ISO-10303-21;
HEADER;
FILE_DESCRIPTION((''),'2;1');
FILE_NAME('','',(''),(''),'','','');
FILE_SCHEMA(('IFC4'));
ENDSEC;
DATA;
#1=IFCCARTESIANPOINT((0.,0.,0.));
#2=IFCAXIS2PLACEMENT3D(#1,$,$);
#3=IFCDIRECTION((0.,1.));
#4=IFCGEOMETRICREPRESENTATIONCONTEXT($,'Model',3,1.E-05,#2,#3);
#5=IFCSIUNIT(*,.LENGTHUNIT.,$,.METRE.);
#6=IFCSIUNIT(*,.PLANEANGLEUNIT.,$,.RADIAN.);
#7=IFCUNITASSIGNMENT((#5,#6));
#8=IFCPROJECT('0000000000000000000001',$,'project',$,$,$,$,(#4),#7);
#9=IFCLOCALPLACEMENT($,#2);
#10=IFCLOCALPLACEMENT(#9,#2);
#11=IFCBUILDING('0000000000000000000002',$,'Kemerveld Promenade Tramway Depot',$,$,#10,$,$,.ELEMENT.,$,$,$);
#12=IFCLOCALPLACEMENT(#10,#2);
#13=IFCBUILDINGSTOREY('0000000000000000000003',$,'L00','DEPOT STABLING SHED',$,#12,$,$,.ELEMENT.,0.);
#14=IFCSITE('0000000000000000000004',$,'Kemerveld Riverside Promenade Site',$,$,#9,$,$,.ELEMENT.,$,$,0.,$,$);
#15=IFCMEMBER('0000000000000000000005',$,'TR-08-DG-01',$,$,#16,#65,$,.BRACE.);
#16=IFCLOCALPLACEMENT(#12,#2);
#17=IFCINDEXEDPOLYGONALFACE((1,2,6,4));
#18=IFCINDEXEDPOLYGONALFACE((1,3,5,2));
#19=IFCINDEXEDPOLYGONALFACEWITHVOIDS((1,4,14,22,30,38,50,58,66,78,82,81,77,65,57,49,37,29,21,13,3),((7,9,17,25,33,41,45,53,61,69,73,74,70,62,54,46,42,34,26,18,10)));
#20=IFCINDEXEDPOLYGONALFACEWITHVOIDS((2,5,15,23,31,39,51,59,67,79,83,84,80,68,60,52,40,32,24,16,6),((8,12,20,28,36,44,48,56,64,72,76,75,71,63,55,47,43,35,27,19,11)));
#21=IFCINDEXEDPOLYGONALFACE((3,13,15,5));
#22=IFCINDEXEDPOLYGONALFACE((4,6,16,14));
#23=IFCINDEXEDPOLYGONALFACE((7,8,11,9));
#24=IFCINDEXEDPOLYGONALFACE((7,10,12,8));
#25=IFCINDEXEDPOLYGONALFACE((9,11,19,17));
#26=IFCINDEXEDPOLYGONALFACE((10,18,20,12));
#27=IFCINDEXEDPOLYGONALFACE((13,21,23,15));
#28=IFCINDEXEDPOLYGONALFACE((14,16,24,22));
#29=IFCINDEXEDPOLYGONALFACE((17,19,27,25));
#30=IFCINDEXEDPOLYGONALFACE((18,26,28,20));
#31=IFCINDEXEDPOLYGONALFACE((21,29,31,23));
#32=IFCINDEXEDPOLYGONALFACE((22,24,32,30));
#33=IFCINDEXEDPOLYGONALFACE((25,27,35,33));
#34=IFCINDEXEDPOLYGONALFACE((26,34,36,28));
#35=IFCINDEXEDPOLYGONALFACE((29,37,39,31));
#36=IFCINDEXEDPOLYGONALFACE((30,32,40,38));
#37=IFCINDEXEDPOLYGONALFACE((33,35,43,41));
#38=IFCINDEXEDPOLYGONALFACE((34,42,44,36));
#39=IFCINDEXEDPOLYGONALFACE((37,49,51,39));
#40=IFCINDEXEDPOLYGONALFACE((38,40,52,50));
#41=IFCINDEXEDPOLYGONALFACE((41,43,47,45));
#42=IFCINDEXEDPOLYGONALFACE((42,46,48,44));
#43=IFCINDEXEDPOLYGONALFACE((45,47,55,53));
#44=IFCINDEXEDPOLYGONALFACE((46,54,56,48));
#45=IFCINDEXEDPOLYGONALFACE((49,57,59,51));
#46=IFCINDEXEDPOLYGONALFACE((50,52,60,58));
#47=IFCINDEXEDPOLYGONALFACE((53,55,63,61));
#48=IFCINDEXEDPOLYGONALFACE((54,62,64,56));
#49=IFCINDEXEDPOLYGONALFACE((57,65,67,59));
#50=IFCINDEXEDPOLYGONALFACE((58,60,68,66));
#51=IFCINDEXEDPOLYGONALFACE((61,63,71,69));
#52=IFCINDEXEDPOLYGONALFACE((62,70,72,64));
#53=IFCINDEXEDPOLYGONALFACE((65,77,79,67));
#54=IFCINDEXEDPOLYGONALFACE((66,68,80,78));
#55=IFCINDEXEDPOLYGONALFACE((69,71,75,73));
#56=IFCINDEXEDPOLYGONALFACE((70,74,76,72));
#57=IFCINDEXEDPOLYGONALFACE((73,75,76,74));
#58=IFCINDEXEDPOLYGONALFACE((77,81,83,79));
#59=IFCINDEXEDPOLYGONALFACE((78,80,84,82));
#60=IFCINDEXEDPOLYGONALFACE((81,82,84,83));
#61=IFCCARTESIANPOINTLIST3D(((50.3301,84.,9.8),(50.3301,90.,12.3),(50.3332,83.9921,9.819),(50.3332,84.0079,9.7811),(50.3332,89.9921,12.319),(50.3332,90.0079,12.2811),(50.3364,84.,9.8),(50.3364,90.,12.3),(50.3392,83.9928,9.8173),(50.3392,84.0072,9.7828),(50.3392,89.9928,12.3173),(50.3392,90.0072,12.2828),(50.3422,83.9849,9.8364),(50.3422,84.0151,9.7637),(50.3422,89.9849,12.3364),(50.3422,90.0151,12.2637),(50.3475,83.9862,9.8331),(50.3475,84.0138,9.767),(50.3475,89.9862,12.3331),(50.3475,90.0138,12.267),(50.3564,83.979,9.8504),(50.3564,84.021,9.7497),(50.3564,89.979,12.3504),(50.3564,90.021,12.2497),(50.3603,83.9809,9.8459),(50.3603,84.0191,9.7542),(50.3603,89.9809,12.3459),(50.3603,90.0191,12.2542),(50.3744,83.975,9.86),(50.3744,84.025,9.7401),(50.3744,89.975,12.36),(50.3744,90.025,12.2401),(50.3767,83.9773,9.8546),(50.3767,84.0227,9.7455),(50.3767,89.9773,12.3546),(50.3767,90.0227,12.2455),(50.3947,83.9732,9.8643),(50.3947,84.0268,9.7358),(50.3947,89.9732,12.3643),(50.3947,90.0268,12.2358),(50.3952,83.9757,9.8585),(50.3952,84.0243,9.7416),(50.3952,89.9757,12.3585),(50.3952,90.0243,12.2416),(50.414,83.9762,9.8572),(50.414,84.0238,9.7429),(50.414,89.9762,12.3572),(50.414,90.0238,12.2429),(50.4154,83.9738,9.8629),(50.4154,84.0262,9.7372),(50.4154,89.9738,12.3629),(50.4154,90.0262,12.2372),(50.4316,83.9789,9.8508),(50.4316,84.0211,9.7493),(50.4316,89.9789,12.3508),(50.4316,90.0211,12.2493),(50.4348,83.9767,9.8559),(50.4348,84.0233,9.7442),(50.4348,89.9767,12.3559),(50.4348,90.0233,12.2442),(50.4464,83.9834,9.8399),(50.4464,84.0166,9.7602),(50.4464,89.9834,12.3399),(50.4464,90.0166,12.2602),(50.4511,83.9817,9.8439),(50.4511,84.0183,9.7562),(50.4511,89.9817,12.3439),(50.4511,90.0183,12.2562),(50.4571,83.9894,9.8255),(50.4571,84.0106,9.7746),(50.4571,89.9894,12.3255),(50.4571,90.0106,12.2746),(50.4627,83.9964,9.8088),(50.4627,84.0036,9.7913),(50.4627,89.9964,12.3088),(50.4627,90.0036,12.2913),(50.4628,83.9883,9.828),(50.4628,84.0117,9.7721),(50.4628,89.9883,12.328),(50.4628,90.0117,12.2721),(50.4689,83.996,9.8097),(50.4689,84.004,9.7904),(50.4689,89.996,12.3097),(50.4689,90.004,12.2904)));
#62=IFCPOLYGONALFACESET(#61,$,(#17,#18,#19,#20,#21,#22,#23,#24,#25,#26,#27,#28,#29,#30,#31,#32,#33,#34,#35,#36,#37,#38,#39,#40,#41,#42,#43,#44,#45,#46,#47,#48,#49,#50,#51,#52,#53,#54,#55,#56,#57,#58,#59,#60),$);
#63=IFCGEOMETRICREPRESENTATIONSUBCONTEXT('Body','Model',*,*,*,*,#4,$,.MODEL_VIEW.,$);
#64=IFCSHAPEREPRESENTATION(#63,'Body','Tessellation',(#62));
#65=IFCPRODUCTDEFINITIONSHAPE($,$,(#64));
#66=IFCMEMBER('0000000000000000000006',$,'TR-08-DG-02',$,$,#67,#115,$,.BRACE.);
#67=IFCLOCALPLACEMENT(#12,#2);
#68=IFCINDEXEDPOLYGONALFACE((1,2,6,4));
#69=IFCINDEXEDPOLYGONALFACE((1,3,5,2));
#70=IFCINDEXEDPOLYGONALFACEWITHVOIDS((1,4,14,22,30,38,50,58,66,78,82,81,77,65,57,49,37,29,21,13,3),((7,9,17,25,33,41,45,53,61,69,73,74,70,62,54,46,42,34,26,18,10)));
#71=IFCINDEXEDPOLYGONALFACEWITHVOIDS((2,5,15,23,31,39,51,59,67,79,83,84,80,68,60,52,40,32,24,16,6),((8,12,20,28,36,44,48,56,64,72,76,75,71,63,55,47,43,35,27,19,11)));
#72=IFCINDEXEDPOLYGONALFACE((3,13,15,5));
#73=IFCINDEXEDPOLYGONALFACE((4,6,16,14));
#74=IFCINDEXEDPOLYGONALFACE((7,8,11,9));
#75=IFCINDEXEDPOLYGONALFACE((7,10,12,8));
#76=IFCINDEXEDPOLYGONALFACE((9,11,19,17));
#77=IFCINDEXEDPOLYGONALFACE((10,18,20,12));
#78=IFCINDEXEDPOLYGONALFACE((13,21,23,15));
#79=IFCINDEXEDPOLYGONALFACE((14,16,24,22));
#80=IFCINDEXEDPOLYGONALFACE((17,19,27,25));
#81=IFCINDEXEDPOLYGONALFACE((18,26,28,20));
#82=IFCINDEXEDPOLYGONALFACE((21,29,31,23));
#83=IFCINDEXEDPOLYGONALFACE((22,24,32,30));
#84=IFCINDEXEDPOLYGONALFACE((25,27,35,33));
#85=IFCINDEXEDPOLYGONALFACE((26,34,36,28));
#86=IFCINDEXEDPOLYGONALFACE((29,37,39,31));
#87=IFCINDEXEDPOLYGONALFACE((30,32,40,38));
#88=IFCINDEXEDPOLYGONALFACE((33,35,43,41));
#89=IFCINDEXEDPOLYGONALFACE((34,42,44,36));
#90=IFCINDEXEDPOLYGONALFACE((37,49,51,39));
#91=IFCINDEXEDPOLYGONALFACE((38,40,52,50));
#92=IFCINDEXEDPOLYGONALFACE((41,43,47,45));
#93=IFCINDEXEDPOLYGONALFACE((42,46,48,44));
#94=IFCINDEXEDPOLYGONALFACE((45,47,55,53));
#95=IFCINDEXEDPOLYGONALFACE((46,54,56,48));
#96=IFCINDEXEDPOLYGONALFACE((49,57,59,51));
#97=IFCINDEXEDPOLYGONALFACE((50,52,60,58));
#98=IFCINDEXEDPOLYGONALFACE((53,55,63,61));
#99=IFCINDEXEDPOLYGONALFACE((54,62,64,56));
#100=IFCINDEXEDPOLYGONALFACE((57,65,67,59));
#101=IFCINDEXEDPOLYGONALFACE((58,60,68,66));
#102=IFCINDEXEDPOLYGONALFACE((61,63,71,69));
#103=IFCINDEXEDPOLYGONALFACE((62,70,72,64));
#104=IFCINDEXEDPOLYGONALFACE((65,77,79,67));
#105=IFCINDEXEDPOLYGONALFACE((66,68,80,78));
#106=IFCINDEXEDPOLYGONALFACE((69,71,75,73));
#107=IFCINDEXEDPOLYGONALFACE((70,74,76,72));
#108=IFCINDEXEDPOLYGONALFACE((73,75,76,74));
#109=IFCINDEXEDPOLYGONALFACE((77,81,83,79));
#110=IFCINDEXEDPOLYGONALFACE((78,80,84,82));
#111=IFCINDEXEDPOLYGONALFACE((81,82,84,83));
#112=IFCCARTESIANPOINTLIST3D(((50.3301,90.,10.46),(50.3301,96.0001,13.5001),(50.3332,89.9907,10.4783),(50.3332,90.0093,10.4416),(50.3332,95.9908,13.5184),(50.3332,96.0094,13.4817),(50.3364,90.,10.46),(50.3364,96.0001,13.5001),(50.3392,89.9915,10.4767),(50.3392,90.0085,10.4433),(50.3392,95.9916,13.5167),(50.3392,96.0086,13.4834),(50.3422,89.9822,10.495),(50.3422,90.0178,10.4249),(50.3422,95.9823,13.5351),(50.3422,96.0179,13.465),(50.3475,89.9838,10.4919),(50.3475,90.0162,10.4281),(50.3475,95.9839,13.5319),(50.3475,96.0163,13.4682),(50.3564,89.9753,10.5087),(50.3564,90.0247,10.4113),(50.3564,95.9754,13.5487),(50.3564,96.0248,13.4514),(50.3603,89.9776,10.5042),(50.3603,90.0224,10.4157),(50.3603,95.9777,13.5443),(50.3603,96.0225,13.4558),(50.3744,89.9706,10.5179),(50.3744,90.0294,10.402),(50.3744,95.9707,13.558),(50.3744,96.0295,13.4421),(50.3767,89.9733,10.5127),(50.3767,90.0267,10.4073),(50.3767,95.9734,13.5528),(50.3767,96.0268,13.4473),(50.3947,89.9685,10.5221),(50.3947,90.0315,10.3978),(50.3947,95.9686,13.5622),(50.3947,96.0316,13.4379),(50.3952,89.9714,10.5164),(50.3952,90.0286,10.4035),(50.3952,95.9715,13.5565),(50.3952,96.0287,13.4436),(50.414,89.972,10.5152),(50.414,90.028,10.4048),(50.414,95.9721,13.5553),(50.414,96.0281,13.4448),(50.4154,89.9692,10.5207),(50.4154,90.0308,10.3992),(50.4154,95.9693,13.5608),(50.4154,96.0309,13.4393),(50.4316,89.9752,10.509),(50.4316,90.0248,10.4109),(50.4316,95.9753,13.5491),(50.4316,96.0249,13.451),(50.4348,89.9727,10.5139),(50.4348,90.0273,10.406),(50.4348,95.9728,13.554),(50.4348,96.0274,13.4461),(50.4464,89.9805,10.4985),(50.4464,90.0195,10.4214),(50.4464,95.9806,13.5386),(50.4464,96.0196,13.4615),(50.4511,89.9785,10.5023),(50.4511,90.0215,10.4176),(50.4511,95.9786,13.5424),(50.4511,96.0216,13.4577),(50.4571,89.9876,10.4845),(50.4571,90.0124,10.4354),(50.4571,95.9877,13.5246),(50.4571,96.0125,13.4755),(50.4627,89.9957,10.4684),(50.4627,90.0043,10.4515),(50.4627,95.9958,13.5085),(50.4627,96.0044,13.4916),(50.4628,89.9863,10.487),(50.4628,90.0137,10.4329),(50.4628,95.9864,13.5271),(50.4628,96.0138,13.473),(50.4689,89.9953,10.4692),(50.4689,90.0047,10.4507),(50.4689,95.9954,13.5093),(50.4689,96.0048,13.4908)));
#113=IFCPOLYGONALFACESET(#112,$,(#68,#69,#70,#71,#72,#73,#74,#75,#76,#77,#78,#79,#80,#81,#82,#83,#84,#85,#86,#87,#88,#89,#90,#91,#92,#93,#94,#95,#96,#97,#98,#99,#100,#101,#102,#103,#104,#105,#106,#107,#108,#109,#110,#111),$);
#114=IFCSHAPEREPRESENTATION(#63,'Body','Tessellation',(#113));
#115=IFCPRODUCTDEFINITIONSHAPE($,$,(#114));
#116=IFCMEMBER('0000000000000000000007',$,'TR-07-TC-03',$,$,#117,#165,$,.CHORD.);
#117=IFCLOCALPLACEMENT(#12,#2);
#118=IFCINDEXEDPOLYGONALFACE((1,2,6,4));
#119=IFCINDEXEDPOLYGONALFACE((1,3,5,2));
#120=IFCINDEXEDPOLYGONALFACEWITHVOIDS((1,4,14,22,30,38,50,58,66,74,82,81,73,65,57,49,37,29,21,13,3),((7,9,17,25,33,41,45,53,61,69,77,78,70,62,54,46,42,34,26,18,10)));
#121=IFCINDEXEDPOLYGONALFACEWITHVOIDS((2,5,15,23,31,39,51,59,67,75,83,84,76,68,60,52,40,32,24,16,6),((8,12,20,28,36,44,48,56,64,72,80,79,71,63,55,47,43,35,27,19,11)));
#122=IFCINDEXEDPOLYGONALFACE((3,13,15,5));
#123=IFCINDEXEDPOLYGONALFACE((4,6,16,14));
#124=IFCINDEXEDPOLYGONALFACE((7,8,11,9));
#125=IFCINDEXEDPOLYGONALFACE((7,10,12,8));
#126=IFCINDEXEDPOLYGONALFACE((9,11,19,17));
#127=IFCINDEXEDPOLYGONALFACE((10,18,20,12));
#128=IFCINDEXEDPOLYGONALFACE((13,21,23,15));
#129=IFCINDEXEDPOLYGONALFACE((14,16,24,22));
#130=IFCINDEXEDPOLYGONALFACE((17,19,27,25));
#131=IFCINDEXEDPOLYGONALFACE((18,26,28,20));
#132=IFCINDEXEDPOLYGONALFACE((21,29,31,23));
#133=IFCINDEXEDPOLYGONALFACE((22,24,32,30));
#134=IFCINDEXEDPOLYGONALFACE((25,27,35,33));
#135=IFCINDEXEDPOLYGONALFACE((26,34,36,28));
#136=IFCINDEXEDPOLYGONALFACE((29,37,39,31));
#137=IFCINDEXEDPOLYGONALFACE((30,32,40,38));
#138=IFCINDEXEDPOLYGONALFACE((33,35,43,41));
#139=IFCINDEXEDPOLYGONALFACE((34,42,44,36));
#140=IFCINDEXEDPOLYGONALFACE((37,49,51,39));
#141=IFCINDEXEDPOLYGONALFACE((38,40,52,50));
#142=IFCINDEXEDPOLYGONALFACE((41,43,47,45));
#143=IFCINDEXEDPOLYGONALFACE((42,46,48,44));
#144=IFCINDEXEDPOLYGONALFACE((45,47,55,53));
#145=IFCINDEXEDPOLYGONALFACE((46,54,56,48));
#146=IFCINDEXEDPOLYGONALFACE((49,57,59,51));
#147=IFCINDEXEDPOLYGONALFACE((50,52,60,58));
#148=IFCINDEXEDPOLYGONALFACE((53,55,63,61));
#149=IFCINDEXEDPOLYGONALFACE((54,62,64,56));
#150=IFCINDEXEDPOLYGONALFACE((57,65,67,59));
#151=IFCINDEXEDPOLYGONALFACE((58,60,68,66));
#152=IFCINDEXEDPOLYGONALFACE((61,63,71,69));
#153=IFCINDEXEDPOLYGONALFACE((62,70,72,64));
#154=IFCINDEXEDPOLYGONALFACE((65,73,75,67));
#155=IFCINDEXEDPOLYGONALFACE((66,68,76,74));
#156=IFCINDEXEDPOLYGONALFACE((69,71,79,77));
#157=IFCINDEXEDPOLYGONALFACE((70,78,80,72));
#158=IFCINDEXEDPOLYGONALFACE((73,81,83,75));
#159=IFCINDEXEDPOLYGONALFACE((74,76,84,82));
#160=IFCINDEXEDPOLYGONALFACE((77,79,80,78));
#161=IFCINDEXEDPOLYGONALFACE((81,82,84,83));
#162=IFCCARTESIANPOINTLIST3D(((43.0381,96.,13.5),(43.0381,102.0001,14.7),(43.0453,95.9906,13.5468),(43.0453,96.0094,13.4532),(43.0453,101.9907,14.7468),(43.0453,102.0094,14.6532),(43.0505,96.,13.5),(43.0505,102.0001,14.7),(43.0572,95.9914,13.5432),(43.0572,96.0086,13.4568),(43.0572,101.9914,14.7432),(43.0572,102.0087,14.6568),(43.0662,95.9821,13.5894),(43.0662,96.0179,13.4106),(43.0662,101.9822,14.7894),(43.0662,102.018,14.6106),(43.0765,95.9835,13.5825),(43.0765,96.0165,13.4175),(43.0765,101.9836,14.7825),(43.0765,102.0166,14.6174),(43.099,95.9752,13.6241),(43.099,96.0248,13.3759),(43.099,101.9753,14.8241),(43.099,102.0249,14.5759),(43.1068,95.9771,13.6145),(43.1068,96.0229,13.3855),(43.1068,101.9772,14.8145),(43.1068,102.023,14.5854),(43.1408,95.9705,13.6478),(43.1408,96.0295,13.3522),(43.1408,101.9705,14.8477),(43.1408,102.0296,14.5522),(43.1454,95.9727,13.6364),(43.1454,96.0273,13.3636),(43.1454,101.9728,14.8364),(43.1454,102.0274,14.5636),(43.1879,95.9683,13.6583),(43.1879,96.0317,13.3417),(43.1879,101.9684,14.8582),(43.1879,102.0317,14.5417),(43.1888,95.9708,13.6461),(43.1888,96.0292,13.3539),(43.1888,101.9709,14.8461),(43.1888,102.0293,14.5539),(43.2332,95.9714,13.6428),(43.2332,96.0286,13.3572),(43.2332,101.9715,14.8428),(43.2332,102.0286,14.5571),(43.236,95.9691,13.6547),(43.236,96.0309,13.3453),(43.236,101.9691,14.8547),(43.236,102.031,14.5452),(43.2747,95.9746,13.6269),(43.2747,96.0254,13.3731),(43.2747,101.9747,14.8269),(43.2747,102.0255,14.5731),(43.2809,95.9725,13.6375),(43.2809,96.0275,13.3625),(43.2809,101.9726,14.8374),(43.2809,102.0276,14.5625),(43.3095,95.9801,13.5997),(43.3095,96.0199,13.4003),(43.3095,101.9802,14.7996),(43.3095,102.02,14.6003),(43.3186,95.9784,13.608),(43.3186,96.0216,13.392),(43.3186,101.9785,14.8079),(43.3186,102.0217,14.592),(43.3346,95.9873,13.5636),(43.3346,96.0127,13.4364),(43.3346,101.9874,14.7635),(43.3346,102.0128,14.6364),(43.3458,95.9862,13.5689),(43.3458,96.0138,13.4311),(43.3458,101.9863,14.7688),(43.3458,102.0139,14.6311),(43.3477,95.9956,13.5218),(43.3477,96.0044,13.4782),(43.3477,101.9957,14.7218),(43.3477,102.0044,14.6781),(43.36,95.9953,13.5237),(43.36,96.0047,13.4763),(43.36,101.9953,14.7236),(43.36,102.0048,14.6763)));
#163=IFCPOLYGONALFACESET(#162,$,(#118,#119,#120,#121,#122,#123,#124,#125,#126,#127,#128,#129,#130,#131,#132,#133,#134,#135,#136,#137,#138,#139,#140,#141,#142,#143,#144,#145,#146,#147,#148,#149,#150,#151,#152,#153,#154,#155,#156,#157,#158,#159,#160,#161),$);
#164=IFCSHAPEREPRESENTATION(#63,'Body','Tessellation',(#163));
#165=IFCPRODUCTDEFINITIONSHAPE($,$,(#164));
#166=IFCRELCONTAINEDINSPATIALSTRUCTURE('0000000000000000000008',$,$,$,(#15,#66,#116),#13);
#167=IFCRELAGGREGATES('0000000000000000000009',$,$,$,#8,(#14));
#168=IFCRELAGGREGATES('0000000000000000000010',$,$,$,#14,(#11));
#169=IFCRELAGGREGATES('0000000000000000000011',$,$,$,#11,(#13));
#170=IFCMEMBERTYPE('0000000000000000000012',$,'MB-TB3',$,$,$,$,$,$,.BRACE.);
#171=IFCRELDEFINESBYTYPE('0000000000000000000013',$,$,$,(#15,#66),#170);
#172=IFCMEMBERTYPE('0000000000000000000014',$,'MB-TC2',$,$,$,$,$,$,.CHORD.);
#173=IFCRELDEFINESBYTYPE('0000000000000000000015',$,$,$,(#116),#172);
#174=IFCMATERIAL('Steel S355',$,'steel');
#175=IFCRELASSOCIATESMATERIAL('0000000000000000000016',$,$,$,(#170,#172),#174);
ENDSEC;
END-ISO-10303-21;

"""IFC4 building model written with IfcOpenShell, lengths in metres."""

from ifc_helpers import new_model, si_unit, direction, frame, origin, origin_2d, place, context, subcontext, project, spatial, hollow_circle, extrude, material, material_profile, profile_set, type_object, element, save


model = new_model("IFC4")

# Units and contexts
model_context = context("Model", 3, precision=1e-05, world=origin(), true_north=direction((0.0, 1.0)))
body_context = subcontext(model_context, "Body", "Model", "MODEL_VIEW")
ifc_project = project(units=[si_unit("LENGTHUNIT", "METRE"), si_unit("PLANEANGLEUNIT", "RADIAN")], contexts=[model_context])

# Site, building, storey
site_placement = place(None, origin())
site = spatial("IfcSite", under=ifc_project, at=site_placement, Name="Kemerveld Riverside Promenade Site", CompositionType="ELEMENT", RefElevation=0.0)
building_placement = place(site_placement, origin())
building = spatial("IfcBuilding", under=site, at=building_placement, Name="Kemerveld Promenade Tramway Depot", CompositionType="ELEMENT")
storey_placement = place(building_placement, origin())
storey = spatial("IfcBuildingStorey", under=building, at=storey_placement, Name="L00", Description="DEPOT STABLING SHED", CompositionType="ELEMENT", Elevation=0.0)

# Shared definitions
ifc_material_1 = material(Name="Steel S355", Category="steel")

# Members
ifc_material_profile_1 = material_profile(ifc_material_1, hollow_circle(Radius=0.0698, WallThickness=0.0063, at=origin_2d()), Name="139.7x6.3 CHS")
ifc_profile_set_1 = profile_set([ifc_material_profile_1], Name="Steel S355")
member_type_1 = type_object("IfcMemberType", Name="MB-TB3", PredefinedType="BRACE", material=ifc_profile_set_1)
member_1_placement = place(storey_placement, frame((50.3999, 84.0, 9.8), z_axis=(0.0, 0.923077, 0.384615), x_axis=(-1.0, 0.0, 0.0)))
element("IfcMember", 1, at=member_1_placement, inside=storey, type_object=member_type_1, Name="TR-08-DG-01", PredefinedType="BRACE", context=body_context, shape_type="SweptSolid", body=[
    extrude(hollow_circle(Radius=0.0698, WallThickness=0.0063, at=origin_2d()), origin(), (0.0, 0.0, 1.0), 6.5),
])
member_2_placement = place(storey_placement, frame((50.3999, 90.0, 10.46), z_axis=(0.0, 0.892033, 0.451969), x_axis=(-1.0, 0.0, 0.0)))
element("IfcMember", 2, at=member_2_placement, inside=storey, type_object=member_type_1, Name="TR-08-DG-02", PredefinedType="BRACE", context=body_context, shape_type="SweptSolid", body=[
    extrude(hollow_circle(Radius=0.0698, WallThickness=0.0063, at=origin_2d()), origin(), (0.0, 0.0, 1.0), 6.7263),
])
ifc_material_profile_2 = material_profile(ifc_material_1, hollow_circle(Radius=0.1619, WallThickness=0.0125, at=origin_2d()), Name="323.9x12.5 CHS")
ifc_profile_set_2 = profile_set([ifc_material_profile_2], Name="Steel S355")
member_type_2 = type_object("IfcMemberType", Name="MB-TC2", PredefinedType="CHORD", material=ifc_profile_set_2)
for number, where, z_axis, x_axis, name in (
    (3, (43.2, 96.0, 13.5), (0.0, 0.980582, 0.196108), (-1.0, 0.0, 0.0), "TR-07-TC-03"),
):
    element("IfcMember", number, at=place(storey_placement, frame(where, z_axis=z_axis, x_axis=x_axis)), inside=storey, type_object=member_type_2, Name=name, PredefinedType="CHORD", context=body_context, shape_type="SweptSolid", body=[
        extrude(hollow_circle(Radius=0.1619, WallThickness=0.0125, at=origin_2d()), origin(), (0.0, 0.0, 1.0), 6.1189),
    ])

save(model, "model.ifc")
